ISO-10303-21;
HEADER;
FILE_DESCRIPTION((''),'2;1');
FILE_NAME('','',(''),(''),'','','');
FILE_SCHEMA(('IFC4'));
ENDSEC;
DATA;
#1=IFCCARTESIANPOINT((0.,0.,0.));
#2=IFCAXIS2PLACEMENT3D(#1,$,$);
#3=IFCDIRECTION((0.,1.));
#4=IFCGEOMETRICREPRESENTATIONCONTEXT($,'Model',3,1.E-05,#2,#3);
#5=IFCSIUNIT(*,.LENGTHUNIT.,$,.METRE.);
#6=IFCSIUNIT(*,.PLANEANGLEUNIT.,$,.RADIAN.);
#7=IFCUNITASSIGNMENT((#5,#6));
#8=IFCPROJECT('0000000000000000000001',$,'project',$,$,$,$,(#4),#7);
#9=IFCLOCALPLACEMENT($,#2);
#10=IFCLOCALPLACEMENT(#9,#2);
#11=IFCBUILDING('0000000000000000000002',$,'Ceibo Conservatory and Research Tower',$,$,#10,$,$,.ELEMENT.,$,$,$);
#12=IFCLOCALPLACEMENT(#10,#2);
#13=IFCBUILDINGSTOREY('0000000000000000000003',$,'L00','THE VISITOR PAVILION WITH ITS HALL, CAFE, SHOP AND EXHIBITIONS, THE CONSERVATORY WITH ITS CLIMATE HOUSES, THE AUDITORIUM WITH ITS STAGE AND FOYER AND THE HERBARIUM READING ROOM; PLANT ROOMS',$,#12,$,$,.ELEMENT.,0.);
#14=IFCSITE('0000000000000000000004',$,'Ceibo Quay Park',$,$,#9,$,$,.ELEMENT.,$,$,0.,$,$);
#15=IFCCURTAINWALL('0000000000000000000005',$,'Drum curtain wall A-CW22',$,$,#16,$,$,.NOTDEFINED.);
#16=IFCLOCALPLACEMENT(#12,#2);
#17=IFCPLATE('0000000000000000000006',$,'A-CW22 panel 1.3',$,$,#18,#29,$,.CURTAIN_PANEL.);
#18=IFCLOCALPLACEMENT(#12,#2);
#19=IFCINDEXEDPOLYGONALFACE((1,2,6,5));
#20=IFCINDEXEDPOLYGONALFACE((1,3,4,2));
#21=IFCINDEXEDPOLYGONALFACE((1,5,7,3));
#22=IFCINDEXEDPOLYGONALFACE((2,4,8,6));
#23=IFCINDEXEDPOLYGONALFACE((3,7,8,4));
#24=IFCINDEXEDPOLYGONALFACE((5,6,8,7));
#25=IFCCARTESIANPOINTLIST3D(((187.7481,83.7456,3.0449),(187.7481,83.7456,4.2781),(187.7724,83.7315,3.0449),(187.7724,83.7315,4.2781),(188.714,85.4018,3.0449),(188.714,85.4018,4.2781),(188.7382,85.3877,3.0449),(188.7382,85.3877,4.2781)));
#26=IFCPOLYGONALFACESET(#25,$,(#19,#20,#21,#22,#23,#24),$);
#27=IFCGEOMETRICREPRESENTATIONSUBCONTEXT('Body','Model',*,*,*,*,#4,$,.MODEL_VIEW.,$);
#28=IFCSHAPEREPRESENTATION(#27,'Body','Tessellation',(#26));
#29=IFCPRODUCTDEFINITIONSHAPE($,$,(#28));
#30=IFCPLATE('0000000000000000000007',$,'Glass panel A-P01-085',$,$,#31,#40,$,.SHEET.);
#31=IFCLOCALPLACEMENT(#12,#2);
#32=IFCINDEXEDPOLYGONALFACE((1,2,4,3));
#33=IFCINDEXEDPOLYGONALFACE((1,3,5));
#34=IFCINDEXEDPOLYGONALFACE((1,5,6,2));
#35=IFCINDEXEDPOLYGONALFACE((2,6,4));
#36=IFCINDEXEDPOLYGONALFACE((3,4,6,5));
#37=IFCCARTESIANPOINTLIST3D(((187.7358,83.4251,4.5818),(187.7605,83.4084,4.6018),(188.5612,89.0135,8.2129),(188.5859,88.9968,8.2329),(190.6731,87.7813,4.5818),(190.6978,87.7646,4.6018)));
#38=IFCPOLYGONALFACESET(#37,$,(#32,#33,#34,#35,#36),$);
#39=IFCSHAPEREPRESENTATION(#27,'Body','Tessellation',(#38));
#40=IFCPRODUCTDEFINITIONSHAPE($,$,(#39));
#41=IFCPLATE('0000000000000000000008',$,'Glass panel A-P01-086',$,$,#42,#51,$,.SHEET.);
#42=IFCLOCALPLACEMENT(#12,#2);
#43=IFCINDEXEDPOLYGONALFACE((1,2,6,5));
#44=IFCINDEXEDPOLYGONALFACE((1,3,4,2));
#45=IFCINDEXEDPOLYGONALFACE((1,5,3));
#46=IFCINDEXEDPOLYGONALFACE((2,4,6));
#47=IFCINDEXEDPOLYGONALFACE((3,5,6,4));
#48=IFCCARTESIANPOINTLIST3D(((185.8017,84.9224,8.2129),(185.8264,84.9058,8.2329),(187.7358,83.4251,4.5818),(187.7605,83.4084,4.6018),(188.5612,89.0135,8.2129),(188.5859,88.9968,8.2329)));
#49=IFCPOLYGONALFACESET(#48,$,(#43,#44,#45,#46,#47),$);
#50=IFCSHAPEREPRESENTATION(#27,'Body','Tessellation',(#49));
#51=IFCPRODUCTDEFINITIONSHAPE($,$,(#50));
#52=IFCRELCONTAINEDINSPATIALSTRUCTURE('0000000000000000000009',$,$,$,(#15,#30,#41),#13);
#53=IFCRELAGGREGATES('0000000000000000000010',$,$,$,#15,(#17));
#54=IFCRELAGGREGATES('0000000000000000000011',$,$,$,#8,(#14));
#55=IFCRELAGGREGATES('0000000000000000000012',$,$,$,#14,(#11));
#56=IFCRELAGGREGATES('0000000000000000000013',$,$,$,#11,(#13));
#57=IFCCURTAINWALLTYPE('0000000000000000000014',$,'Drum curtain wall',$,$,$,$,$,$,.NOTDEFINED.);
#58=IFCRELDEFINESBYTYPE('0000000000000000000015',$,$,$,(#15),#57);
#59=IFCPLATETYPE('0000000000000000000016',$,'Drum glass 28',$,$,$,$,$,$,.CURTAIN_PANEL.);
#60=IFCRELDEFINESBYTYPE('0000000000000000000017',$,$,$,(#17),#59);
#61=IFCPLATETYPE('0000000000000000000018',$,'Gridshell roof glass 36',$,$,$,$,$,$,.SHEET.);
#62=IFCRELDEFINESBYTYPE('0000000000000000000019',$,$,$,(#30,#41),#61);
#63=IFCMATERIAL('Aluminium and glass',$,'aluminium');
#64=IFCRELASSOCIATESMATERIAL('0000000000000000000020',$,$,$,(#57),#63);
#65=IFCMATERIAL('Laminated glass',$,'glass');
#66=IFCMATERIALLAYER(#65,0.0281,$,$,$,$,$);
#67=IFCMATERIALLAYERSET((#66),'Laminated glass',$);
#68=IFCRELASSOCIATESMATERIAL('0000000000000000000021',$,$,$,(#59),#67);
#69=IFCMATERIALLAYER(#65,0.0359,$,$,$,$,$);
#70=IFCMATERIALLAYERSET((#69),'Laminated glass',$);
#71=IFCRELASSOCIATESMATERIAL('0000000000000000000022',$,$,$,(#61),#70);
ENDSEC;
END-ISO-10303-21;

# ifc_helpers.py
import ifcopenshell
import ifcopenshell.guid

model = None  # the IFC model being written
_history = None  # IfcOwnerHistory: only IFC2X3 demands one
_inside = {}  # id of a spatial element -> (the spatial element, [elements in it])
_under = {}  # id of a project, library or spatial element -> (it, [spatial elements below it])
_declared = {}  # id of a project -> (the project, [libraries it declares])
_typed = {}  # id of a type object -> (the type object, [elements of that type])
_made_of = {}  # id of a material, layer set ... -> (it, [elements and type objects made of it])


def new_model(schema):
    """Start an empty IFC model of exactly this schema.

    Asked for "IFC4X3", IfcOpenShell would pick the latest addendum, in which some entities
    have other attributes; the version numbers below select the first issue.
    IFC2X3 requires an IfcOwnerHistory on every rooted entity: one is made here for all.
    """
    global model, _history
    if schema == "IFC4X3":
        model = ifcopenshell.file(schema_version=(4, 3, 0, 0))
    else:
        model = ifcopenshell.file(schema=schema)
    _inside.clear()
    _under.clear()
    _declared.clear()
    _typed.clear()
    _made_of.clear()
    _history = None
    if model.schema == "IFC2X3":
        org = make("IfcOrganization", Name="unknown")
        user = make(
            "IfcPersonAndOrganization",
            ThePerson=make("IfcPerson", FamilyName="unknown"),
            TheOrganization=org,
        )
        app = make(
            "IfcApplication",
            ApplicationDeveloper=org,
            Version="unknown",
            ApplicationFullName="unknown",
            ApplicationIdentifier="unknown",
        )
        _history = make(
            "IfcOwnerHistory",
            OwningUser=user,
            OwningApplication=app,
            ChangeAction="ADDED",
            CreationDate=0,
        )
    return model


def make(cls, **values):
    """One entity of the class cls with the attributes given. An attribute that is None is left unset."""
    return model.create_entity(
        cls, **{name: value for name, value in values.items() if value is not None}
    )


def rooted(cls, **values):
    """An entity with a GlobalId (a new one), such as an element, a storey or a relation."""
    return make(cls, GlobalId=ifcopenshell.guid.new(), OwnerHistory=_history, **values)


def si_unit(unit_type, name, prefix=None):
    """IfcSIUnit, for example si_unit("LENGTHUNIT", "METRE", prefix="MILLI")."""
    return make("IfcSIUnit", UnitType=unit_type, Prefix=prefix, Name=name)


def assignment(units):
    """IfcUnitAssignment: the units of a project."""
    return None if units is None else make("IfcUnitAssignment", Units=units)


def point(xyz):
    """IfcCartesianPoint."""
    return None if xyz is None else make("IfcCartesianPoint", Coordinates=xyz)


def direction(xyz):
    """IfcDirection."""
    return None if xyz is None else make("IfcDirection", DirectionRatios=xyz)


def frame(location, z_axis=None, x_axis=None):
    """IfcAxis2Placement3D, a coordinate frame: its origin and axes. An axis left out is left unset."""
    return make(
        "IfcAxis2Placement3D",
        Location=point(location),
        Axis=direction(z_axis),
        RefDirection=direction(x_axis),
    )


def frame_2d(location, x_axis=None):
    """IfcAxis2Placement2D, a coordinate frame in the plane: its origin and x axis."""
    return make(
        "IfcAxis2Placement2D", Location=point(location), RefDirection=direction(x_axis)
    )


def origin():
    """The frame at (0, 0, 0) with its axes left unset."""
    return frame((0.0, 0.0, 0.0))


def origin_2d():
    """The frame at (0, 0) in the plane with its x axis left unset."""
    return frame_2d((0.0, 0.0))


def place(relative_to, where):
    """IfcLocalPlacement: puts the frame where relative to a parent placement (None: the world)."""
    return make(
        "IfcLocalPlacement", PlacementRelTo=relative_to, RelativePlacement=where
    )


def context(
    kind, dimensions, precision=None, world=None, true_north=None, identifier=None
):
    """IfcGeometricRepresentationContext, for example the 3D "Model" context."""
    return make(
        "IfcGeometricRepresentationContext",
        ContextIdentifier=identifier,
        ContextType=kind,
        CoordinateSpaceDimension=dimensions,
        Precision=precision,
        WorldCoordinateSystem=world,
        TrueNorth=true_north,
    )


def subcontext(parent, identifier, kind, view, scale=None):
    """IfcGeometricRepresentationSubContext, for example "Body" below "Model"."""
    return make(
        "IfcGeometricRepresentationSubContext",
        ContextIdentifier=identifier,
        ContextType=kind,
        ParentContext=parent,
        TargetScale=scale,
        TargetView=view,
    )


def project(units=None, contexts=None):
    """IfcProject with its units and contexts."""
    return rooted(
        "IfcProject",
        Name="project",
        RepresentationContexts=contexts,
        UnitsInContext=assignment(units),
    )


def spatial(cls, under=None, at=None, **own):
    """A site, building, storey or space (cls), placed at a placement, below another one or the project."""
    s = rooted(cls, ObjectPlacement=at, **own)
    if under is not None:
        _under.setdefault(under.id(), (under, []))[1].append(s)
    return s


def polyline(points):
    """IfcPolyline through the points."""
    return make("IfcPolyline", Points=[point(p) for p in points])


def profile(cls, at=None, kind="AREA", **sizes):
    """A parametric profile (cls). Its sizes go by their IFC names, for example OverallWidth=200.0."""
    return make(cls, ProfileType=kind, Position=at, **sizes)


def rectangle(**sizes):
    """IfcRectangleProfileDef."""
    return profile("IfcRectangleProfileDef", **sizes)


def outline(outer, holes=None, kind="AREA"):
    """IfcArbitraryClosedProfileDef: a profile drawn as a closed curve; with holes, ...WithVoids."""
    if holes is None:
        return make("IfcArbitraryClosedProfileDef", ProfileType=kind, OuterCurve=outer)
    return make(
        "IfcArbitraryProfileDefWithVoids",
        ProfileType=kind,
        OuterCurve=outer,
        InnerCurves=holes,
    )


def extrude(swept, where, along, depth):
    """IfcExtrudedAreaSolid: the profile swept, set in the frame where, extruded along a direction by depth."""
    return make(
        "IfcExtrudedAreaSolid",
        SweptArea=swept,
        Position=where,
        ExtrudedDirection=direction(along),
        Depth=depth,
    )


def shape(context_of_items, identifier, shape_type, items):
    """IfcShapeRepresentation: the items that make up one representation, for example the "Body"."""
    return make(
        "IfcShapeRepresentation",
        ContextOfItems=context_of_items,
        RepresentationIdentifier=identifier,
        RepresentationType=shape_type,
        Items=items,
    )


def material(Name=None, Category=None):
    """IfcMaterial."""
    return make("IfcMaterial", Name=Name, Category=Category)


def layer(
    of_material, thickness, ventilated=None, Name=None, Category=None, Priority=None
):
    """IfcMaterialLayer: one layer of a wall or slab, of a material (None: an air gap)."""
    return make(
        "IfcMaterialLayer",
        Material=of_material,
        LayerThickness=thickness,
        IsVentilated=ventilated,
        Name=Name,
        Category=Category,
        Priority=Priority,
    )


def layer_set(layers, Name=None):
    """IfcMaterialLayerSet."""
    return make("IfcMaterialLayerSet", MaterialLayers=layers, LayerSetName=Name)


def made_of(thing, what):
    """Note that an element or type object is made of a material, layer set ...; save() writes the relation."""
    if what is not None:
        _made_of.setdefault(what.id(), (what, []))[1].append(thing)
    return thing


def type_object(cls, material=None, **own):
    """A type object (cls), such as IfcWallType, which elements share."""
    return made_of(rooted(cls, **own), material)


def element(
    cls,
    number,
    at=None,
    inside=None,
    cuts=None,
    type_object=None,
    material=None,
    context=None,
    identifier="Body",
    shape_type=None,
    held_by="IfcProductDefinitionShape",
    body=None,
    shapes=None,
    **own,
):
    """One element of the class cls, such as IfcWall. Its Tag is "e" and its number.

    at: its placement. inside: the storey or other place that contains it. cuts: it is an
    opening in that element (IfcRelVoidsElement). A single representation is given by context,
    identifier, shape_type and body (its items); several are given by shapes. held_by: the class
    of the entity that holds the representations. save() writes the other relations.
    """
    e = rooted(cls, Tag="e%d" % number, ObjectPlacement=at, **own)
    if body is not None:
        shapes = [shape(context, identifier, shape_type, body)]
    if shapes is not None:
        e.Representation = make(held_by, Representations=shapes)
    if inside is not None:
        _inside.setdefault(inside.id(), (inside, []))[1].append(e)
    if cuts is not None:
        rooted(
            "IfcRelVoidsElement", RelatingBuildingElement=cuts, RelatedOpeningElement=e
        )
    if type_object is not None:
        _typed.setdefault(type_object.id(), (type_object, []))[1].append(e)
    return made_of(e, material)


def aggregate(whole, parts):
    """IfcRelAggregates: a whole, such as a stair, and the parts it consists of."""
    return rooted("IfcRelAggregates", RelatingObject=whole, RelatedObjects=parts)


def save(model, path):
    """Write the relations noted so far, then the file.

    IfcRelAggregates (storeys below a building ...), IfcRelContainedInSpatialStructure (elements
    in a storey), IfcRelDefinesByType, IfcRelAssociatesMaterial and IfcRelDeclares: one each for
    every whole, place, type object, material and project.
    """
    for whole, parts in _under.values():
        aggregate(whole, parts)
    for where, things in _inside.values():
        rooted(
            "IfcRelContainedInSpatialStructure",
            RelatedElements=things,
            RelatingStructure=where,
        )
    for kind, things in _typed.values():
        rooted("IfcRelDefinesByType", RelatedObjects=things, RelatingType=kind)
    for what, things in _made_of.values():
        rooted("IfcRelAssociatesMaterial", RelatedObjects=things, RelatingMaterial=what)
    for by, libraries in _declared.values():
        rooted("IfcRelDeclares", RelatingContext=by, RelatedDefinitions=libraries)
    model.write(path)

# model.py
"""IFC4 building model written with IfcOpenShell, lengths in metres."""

from ifc_helpers import new_model, si_unit, direction, frame, origin, origin_2d, place, context, subcontext, project, spatial, polyline, rectangle, outline, extrude, material, layer, layer_set, type_object, element, aggregate, save


model = new_model("IFC4")

# Units and contexts
model_context = context("Model", 3, precision=1e-05, world=origin(), true_north=direction((0.0, 1.0)))
body_context = subcontext(model_context, "Body", "Model", "MODEL_VIEW")
ifc_project = project(units=[si_unit("LENGTHUNIT", "METRE"), si_unit("PLANEANGLEUNIT", "RADIAN")], contexts=[model_context])

# Site, building, storey
site_placement = place(None, origin())
site = spatial("IfcSite", under=ifc_project, at=site_placement, Name="Ceibo Quay Park", CompositionType="ELEMENT", RefElevation=0.0)
building_placement = place(site_placement, origin())
building = spatial("IfcBuilding", under=site, at=building_placement, Name="Ceibo Conservatory and Research Tower", CompositionType="ELEMENT")
storey_placement = place(building_placement, origin())
storey = spatial("IfcBuildingStorey", under=building, at=storey_placement, Name="L00", Description="THE VISITOR PAVILION WITH ITS HALL, CAFE, SHOP AND EXHIBITIONS, THE CONSERVATORY WITH ITS CLIMATE HOUSES, THE AUDITORIUM WITH ITS STAGE AND FOYER AND THE HERBARIUM READING ROOM; PLANT ROOMS", CompositionType="ELEMENT", Elevation=0.0)

# Shared definitions
ifc_material_1 = material(Name="Aluminium and glass", Category="aluminium")
curtain_wall_type = type_object("IfcCurtainWallType", Name="Drum curtain wall", PredefinedType="NOTDEFINED", material=ifc_material_1)

# Curtain wall
curtain_wall_1_placement = place(storey_placement, origin())
curtain_wall_1 = element("IfcCurtainWall", 1, at=curtain_wall_1_placement, inside=storey, type_object=curtain_wall_type, Name="Drum curtain wall A-CW22", PredefinedType="NOTDEFINED")

# Plate
ifc_material_2 = material(Name="Laminated glass", Category="glass")
ifc_layer_1 = layer(ifc_material_2, 0.0281)
ifc_layer_set_1 = layer_set([ifc_layer_1], Name="Laminated glass")
plate_type_1 = type_object("IfcPlateType", Name="Drum glass 28", PredefinedType="CURTAIN_PANEL", material=ifc_layer_set_1)
plate_1_placement = place(storey_placement, frame((188.2432, 84.5667, 3.0449), z_axis=(0.0, 0.0, 1.0), x_axis=(0.503774, 0.863836, 0.0)))
plate_1 = element("IfcPlate", 2, at=plate_1_placement, type_object=plate_type_1, Name="A-CW22 panel 1.3", PredefinedType="CURTAIN_PANEL", context=body_context, shape_type="SweptSolid", body=[
    extrude(rectangle(XDim=1.9172, YDim=0.0281, at=origin_2d()), origin(), (0.0, 0.0, 1.0), 1.2332),
])
aggregate(curtain_wall_1, [plate_1])

# Plates
ifc_layer_2 = layer(ifc_material_2, 0.0359)
ifc_layer_set_2 = layer_set([ifc_layer_2], Name="Laminated glass")
plate_type_2 = type_object("IfcPlateType", Name="Gridshell roof glass 36", PredefinedType="SHEET", material=ifc_layer_set_2)
plate_2_placement = place(storey_placement, frame((187.7605, 83.4084, 4.6018), z_axis=(0.688203, -0.464034, 0.557718), x_axis=(0.559057, 0.829129, 0.0)))
element("IfcPlate", 3, at=plate_2_placement, inside=storey, type_object=plate_type_2, Name="Glass panel A-P01-085", PredefinedType="SHEET", context=body_context, shape_type="SweptSolid", body=[
    extrude(outline(polyline([(0.0, 0.0), (5.2539, 0.0), (5.095, 4.3747), (0.0, 0.0)])), origin(), (0.0, 0.0, -1.0), 0.0359),
])
plate_3_placement = place(storey_placement, frame((187.7605, 83.4084, 4.6018), z_axis=(0.688044, -0.464102, 0.557858), x_axis=(0.122918, 0.832177, 0.540715)))
element("IfcPlate", 4, at=plate_3_placement, inside=storey, type_object=plate_type_2, Name="Glass panel A-P01-086", PredefinedType="SHEET", context=body_context, shape_type="SweptSolid", body=[
    extrude(outline(polyline([(0.0, 0.0), (6.7154, 0.0), (2.9717, 3.2151), (0.0, 0.0)])), origin(), (0.0, 0.0, -1.0), 0.0359),
])

save(model, "model.ifc")
